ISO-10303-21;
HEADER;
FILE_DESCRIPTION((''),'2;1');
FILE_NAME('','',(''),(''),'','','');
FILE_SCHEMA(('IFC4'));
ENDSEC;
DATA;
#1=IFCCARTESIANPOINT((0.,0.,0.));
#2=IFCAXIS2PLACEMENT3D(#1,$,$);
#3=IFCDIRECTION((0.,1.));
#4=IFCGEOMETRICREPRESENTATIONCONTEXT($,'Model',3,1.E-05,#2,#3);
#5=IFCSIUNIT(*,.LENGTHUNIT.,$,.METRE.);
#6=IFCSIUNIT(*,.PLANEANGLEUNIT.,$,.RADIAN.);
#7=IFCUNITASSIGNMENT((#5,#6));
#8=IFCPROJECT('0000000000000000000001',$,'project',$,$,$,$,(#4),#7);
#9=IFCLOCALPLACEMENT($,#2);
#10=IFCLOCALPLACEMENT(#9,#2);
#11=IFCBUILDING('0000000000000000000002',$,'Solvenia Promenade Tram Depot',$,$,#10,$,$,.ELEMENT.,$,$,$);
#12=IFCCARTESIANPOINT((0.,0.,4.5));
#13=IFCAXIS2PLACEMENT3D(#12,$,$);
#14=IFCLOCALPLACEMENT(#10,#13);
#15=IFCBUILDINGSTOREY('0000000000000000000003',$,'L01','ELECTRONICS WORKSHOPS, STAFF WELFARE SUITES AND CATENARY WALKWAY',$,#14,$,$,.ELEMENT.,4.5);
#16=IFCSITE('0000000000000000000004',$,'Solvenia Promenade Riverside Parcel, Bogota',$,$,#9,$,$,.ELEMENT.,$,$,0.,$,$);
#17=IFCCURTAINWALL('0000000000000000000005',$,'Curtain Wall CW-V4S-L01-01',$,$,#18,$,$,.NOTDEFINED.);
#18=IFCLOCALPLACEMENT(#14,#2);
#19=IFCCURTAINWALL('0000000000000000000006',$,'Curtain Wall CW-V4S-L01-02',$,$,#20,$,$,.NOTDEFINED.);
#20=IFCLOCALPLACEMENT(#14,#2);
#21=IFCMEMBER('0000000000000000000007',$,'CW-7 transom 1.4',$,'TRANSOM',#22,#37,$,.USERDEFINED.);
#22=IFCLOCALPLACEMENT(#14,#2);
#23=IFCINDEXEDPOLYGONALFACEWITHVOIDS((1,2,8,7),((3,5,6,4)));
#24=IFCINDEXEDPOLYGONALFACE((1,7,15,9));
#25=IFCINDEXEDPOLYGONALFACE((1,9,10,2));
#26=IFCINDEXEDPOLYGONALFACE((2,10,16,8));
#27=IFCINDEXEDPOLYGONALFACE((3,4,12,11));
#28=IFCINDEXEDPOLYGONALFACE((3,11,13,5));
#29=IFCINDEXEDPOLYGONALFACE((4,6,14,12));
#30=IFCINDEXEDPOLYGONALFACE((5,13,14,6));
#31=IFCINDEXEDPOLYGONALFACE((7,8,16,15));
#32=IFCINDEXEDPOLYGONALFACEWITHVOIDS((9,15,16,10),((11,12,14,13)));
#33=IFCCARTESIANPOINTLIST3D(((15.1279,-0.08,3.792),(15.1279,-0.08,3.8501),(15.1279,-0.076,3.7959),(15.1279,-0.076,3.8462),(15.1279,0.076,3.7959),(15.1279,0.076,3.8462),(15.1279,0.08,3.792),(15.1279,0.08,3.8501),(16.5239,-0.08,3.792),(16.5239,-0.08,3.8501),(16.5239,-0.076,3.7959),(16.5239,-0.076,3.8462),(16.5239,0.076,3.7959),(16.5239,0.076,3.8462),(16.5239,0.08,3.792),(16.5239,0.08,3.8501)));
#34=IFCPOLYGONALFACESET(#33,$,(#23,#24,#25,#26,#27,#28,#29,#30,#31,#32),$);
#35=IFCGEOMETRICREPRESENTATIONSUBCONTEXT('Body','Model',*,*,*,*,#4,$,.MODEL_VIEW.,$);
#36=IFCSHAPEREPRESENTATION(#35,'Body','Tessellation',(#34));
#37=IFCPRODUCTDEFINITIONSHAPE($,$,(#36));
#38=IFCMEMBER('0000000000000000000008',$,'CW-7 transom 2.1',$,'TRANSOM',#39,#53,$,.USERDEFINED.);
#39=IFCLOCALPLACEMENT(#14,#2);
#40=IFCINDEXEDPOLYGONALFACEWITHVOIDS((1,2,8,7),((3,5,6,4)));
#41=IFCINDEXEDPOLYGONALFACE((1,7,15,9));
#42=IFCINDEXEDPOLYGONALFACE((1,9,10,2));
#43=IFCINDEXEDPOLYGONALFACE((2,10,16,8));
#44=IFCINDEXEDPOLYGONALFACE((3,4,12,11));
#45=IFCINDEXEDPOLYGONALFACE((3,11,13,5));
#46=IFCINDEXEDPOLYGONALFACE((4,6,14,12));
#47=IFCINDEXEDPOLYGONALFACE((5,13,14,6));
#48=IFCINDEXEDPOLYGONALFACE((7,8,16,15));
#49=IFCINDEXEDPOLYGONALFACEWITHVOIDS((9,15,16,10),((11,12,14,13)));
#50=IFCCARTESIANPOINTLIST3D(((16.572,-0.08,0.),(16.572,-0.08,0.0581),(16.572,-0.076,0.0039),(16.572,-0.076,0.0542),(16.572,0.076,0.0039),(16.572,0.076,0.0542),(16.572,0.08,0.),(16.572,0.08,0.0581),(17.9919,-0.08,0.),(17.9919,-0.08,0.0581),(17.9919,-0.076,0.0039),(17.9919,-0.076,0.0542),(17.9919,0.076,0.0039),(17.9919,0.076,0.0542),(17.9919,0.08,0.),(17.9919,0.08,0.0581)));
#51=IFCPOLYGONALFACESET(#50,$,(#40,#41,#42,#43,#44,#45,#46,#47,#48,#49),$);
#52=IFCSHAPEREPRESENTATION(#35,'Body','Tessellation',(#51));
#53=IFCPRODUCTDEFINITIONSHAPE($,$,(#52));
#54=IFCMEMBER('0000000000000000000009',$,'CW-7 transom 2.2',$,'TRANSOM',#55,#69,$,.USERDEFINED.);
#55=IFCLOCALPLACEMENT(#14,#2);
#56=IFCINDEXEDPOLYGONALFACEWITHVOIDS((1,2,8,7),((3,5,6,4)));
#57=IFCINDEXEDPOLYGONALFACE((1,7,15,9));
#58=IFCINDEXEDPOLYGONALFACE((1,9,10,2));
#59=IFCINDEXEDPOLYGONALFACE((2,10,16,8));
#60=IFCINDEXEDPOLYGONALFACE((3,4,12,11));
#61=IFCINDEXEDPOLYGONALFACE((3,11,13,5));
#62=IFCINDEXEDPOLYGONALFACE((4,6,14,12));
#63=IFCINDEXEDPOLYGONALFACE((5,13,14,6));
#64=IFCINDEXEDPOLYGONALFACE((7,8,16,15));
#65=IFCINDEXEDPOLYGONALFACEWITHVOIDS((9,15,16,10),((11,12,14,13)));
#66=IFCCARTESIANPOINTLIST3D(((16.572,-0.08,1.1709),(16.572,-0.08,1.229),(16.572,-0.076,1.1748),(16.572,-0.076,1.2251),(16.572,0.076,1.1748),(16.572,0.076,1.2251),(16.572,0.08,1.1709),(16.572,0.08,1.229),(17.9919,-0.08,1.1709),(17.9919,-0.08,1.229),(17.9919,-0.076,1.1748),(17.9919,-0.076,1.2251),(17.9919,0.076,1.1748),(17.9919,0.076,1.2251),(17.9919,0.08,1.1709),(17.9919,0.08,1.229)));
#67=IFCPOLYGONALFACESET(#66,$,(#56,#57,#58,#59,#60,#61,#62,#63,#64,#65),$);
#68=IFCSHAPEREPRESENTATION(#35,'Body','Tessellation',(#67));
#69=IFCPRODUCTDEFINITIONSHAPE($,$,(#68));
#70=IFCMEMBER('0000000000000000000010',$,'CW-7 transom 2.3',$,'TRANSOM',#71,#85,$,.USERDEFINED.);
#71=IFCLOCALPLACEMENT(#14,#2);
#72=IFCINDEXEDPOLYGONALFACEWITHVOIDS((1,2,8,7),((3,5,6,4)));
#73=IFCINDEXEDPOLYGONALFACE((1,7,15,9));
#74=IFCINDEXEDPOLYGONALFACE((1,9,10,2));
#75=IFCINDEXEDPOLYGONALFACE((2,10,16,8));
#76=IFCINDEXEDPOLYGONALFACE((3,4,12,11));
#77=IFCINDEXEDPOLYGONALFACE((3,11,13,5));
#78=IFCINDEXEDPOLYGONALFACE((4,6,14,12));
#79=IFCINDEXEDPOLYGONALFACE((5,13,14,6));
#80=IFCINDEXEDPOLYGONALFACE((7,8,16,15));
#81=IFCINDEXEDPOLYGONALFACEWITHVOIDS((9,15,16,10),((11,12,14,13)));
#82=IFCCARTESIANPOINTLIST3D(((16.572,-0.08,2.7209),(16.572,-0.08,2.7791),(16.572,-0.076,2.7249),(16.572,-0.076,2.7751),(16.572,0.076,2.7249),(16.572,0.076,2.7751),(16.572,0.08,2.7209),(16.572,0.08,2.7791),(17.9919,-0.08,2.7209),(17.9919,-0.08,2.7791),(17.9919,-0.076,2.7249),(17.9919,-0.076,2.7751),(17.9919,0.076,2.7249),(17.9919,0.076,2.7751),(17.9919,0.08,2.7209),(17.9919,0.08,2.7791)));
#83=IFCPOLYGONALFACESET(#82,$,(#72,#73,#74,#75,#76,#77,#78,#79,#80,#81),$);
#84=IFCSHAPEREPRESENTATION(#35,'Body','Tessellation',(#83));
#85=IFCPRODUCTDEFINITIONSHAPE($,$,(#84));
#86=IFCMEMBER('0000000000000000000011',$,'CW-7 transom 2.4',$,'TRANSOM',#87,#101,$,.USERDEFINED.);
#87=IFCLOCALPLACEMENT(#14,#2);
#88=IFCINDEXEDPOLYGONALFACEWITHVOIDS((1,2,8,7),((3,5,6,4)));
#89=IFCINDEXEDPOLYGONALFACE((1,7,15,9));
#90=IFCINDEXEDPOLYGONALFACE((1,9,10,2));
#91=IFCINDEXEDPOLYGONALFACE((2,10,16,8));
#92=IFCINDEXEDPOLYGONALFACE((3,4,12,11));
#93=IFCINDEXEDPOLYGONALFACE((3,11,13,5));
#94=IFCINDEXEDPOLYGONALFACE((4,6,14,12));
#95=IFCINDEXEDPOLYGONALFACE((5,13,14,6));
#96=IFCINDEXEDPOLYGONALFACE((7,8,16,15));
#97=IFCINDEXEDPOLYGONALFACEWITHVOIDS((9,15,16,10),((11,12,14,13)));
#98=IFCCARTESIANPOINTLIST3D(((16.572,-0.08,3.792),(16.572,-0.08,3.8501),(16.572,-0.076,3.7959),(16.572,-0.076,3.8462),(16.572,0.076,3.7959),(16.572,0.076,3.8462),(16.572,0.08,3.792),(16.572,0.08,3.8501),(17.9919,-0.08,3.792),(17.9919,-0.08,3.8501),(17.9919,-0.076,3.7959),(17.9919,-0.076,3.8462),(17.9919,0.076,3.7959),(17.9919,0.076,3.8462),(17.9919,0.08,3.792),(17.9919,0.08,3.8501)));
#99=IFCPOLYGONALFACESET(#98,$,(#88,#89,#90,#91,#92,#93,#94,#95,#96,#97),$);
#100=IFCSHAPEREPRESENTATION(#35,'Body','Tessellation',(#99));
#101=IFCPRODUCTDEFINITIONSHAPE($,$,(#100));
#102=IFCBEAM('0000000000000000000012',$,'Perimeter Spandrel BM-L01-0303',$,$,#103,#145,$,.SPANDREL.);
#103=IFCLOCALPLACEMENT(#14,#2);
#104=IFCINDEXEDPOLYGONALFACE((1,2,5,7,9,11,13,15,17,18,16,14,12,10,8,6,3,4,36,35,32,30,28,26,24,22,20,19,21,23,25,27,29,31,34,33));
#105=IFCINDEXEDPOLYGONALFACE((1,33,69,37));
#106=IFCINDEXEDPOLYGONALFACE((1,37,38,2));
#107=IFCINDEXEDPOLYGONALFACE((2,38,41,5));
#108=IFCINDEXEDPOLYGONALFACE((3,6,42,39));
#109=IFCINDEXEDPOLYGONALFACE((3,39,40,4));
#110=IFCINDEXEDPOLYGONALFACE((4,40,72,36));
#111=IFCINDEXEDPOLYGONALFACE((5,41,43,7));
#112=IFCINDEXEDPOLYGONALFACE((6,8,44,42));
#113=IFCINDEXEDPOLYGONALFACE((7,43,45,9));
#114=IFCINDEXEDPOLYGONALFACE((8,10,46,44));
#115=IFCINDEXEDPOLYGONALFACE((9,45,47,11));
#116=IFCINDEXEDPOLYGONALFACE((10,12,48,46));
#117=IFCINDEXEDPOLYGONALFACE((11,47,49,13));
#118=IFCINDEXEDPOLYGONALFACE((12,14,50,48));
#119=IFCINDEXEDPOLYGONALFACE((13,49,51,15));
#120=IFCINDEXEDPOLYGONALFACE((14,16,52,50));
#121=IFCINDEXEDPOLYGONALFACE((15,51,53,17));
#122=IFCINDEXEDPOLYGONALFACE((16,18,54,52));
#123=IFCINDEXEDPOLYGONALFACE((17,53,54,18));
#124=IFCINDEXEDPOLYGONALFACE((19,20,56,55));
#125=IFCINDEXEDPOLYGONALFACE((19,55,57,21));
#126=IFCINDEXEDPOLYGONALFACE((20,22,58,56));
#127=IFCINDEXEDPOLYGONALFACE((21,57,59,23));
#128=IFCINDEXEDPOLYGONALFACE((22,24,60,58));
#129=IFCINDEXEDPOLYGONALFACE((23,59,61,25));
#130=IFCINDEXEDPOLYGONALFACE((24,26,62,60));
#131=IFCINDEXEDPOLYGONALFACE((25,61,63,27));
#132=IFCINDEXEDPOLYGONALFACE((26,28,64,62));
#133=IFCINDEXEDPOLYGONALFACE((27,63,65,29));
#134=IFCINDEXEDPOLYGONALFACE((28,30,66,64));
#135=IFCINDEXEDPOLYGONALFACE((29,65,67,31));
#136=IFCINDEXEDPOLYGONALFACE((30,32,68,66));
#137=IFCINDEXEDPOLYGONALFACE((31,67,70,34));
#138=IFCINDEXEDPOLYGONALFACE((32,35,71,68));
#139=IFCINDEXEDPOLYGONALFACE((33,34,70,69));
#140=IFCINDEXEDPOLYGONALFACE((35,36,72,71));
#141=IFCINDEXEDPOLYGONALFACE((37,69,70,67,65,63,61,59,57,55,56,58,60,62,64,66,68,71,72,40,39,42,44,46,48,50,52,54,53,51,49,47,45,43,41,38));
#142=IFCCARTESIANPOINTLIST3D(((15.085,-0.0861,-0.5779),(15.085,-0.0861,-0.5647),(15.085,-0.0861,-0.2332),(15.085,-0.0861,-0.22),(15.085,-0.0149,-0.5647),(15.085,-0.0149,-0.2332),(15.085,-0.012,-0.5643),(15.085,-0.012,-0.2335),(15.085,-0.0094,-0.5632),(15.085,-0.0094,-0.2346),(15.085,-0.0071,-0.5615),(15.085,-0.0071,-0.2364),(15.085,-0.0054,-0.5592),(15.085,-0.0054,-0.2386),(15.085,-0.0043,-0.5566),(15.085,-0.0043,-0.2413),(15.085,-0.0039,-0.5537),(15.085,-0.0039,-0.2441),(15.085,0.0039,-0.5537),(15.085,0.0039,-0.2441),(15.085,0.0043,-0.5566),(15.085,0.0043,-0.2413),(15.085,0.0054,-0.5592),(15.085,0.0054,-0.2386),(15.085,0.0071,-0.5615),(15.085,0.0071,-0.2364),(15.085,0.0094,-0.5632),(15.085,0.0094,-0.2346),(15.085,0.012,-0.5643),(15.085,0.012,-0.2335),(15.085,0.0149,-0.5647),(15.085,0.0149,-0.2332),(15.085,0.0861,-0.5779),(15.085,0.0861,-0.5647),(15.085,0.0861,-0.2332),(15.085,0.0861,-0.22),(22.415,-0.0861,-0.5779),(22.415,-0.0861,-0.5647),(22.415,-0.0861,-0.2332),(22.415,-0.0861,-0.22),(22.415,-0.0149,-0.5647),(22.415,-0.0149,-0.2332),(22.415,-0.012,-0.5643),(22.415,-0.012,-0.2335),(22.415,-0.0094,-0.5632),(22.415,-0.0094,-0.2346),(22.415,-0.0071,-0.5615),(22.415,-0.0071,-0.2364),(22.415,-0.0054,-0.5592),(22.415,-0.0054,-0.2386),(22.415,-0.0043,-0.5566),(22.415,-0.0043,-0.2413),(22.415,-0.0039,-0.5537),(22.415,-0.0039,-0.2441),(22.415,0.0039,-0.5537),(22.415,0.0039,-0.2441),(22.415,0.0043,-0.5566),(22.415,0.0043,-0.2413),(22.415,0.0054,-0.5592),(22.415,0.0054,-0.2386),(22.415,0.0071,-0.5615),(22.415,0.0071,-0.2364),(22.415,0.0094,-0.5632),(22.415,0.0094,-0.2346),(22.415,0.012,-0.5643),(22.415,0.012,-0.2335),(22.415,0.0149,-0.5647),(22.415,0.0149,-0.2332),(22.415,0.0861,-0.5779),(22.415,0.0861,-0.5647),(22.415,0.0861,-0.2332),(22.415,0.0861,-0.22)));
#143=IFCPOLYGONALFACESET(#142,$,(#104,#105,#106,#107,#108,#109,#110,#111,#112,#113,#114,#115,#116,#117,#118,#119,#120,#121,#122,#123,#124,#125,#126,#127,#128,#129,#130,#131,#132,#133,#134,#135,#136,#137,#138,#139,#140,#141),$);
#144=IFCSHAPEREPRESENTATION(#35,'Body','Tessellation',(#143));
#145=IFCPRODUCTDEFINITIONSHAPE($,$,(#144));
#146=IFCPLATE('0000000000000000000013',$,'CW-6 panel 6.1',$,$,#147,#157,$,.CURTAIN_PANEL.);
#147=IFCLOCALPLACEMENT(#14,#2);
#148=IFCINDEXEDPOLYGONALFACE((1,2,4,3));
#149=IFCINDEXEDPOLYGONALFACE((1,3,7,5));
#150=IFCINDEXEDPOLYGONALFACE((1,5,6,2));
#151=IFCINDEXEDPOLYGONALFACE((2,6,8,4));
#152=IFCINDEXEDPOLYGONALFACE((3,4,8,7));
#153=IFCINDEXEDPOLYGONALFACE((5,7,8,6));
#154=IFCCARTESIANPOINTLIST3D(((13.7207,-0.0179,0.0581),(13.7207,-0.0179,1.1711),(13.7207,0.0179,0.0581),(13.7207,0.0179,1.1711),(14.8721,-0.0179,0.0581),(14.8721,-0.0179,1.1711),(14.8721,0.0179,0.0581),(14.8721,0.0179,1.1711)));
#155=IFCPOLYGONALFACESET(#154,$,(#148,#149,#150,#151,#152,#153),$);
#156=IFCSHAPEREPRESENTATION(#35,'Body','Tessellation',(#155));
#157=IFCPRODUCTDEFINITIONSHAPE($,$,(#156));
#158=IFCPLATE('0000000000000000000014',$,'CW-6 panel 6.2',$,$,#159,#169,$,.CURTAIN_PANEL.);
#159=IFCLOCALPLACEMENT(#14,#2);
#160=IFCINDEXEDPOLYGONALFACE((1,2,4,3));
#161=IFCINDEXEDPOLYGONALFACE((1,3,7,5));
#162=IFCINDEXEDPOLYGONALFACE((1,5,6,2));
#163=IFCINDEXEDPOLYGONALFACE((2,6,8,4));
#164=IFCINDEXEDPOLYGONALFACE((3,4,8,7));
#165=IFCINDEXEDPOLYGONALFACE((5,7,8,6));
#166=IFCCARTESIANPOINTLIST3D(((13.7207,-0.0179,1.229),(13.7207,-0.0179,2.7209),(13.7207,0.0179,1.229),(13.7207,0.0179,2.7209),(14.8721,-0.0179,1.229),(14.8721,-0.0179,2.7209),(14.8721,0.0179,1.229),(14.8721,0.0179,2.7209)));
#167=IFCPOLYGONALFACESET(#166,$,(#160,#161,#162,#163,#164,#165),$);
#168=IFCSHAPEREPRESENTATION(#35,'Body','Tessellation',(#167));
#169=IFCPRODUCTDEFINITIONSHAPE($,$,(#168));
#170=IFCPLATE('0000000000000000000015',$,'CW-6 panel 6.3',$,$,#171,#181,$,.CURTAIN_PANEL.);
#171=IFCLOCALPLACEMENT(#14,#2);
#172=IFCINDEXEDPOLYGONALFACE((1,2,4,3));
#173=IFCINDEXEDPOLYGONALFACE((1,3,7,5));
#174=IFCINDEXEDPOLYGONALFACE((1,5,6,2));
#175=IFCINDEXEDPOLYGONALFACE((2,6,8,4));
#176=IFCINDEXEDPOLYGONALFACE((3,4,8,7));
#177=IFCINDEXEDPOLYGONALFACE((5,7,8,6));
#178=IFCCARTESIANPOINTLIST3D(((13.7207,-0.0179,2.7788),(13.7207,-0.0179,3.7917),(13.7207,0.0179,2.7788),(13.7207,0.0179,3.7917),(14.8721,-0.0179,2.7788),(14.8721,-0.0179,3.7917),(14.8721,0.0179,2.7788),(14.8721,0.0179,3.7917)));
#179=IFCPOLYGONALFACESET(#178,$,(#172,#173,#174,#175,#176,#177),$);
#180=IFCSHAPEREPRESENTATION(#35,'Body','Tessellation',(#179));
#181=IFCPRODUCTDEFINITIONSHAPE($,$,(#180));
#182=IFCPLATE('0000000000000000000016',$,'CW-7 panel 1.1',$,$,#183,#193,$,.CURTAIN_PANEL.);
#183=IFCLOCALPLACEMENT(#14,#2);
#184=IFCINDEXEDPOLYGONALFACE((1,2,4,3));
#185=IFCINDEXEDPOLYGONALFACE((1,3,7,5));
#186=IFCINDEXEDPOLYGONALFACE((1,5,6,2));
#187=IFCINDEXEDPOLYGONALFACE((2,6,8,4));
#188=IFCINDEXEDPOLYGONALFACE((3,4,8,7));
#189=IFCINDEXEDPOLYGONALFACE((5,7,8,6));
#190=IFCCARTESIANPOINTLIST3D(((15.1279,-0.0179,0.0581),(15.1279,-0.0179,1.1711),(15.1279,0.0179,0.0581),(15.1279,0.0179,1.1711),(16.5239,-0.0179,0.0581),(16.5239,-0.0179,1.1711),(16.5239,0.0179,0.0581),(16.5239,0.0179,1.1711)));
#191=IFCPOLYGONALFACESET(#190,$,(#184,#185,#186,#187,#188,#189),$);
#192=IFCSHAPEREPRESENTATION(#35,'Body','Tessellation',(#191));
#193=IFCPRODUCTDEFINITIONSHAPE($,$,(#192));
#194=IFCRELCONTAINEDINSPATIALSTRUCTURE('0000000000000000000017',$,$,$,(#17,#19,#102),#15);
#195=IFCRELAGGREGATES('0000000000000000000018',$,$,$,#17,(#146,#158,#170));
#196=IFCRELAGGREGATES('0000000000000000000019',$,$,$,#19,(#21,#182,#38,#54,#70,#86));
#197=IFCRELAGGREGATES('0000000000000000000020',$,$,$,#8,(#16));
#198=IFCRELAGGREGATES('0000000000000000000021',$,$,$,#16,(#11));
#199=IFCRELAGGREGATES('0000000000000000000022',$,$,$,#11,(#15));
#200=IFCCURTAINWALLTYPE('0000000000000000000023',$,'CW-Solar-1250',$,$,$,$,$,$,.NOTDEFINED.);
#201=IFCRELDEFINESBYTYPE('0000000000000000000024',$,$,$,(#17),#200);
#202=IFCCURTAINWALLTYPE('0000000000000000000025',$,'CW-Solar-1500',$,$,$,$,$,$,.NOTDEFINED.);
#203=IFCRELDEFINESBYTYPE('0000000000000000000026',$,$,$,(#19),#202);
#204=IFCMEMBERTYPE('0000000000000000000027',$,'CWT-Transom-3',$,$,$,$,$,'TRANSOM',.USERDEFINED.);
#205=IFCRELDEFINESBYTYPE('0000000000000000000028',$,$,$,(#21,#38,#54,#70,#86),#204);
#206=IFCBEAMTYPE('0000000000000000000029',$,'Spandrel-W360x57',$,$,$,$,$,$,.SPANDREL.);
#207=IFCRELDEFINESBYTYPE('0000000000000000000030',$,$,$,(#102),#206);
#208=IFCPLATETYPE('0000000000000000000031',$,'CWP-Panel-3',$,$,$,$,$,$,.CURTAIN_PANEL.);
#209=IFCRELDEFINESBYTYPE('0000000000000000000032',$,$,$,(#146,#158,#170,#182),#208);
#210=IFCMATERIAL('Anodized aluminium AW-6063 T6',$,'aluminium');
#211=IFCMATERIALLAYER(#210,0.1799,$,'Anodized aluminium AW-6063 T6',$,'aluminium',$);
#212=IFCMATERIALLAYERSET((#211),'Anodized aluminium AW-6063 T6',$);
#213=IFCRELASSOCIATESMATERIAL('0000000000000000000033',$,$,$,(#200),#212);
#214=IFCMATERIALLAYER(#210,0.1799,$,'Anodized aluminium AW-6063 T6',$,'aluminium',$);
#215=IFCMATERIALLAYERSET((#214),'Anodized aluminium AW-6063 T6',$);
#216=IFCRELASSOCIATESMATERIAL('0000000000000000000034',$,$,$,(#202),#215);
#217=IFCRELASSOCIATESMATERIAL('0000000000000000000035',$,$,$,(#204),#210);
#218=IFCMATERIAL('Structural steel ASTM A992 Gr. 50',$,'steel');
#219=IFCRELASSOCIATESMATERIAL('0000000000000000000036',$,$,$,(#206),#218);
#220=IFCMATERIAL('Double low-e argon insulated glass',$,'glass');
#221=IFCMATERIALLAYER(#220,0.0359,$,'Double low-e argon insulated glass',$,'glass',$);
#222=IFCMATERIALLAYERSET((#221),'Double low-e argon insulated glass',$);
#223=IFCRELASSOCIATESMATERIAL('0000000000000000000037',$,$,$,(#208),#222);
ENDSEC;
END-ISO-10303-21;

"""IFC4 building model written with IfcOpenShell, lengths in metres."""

from ifc_helpers import new_model, si_unit, direction, frame, origin, origin_2d, place, context, subcontext, project, spatial, rectangle, hollow_rectangle, i_section, extrude, material, layer, layer_set, material_profile, profile_set, type_object, element, aggregate, save


model = new_model("IFC4")

# Units and contexts
model_context = context("Model", 3, precision=1e-05, world=origin(), true_north=direction((0.0, 1.0)))
body_context = subcontext(model_context, "Body", "Model", "MODEL_VIEW")
ifc_project = project(units=[si_unit("LENGTHUNIT", "METRE"), si_unit("PLANEANGLEUNIT", "RADIAN")], contexts=[model_context])

# Site, building, storey
site_placement = place(None, origin())
site = spatial("IfcSite", under=ifc_project, at=site_placement, Name="Solvenia Promenade Riverside Parcel, Bogota", CompositionType="ELEMENT", RefElevation=0.0)
building_placement = place(site_placement, origin())
building = spatial("IfcBuilding", under=site, at=building_placement, Name="Solvenia Promenade Tram Depot", CompositionType="ELEMENT")
storey_placement = place(building_placement, frame((0.0, 0.0, 4.5)))
storey = spatial("IfcBuildingStorey", under=building, at=storey_placement, Name="L01", Description="ELECTRONICS WORKSHOPS, STAFF WELFARE SUITES AND CATENARY WALKWAY", CompositionType="ELEMENT", Elevation=4.5)

# Shared definitions
ifc_material_1 = material(Name="Structural steel ASTM A992 Gr. 50", Category="steel")

# Curtain wall
ifc_material_2 = material(Name="Anodized aluminium AW-6063 T6", Category="aluminium")
ifc_layer_1 = layer(ifc_material_2, 0.1799, Name="Anodized aluminium AW-6063 T6", Category="aluminium")
ifc_layer_set_1 = layer_set([ifc_layer_1], Name="Anodized aluminium AW-6063 T6")
curtain_wall_type_1 = type_object("IfcCurtainWallType", Name="CW-Solar-1250", PredefinedType="NOTDEFINED", material=ifc_layer_set_1)
curtain_wall_1_placement = place(storey_placement, origin())
curtain_wall_1 = element("IfcCurtainWall", 1, at=curtain_wall_1_placement, inside=storey, type_object=curtain_wall_type_1, Name="Curtain Wall CW-V4S-L01-01", PredefinedType="NOTDEFINED")

# Curtain wall
ifc_layer_2 = layer(ifc_material_2, 0.1799, Name="Anodized aluminium AW-6063 T6", Category="aluminium")
ifc_layer_set_2 = layer_set([ifc_layer_2], Name="Anodized aluminium AW-6063 T6")
curtain_wall_type_2 = type_object("IfcCurtainWallType", Name="CW-Solar-1500", PredefinedType="NOTDEFINED", material=ifc_layer_set_2)
curtain_wall_2_placement = place(storey_placement, origin())
curtain_wall_2 = element("IfcCurtainWall", 2, at=curtain_wall_2_placement, inside=storey, type_object=curtain_wall_type_2, Name="Curtain Wall CW-V4S-L01-02", PredefinedType="NOTDEFINED")

# Members
ifc_material_profile_1 = material_profile(ifc_material_2, hollow_rectangle(XDim=0.1599, YDim=0.0581, WallThickness=0.0039, at=origin_2d()), Name="ALU-T3", Category="aluminium")
ifc_profile_set_1 = profile_set([ifc_material_profile_1], Name="Anodized aluminium AW-6063 T6")
member_type_1 = type_object("IfcMemberType", Name="CWT-Transom-3", ElementType="TRANSOM", PredefinedType="USERDEFINED", material=ifc_profile_set_1)
member_1_placement = place(storey_placement, frame((15.1279, 0.0, 3.821), z_axis=(1.0, 0.0, 0.0), x_axis=(0.0, 1.0, 0.0)))
member_1 = element("IfcMember", 3, at=member_1_placement, type_object=member_type_1, Name="CW-7 transom 1.4", ObjectType="TRANSOM", PredefinedType="USERDEFINED", context=body_context, shape_type="SweptSolid", body=[
    extrude(hollow_rectangle(XDim=0.1599, YDim=0.0581, WallThickness=0.0039, at=origin_2d()), origin(), (0.0, 0.0, 1.0), 1.396),
])
member_2_placement = place(storey_placement, frame((16.572, 0.0, 0.0291), z_axis=(1.0, 0.0, 0.0), x_axis=(0.0, 1.0, 0.0)))
member_2 = element("IfcMember", 4, at=member_2_placement, type_object=member_type_1, Name="CW-7 transom 2.1", ObjectType="TRANSOM", PredefinedType="USERDEFINED", context=body_context, shape_type="SweptSolid", body=[
    extrude(hollow_rectangle(XDim=0.1599, YDim=0.0581, WallThickness=0.0039, at=origin_2d()), origin(), (0.0, 0.0, 1.0), 1.4199),
])
member_3_placement = place(storey_placement, frame((16.572, 0.0, 1.2), z_axis=(1.0, 0.0, 0.0), x_axis=(0.0, 1.0, 0.0)))
member_3 = element("IfcMember", 5, at=member_3_placement, type_object=member_type_1, Name="CW-7 transom 2.2", ObjectType="TRANSOM", PredefinedType="USERDEFINED", context=body_context, shape_type="SweptSolid", body=[
    extrude(hollow_rectangle(XDim=0.1599, YDim=0.0581, WallThickness=0.0039, at=origin_2d()), origin(), (0.0, 0.0, 1.0), 1.4199),
])
member_4_placement = place(storey_placement, frame((16.572, 0.0, 2.75), z_axis=(1.0, 0.0, 0.0), x_axis=(0.0, 1.0, 0.0)))
member_4 = element("IfcMember", 6, at=member_4_placement, type_object=member_type_1, Name="CW-7 transom 2.3", ObjectType="TRANSOM", PredefinedType="USERDEFINED", context=body_context, shape_type="SweptSolid", body=[
    extrude(hollow_rectangle(XDim=0.1599, YDim=0.0581, WallThickness=0.0039, at=origin_2d()), origin(), (0.0, 0.0, 1.0), 1.4199),
])
member_5_placement = place(storey_placement, frame((16.572, 0.0, 3.821), z_axis=(1.0, 0.0, 0.0), x_axis=(0.0, 1.0, 0.0)))
member_5 = element("IfcMember", 7, at=member_5_placement, type_object=member_type_1, Name="CW-7 transom 2.4", ObjectType="TRANSOM", PredefinedType="USERDEFINED", context=body_context, shape_type="SweptSolid", body=[
    extrude(hollow_rectangle(XDim=0.1599, YDim=0.0581, WallThickness=0.0039, at=origin_2d()), origin(), (0.0, 0.0, 1.0), 1.4199),
])

# Beam
ifc_material_profile_2 = material_profile(ifc_material_1, i_section(OverallWidth=0.1721, OverallDepth=0.3579, WebThickness=0.0078, FlangeThickness=0.0132, FilletRadius=0.011, at=origin_2d()), Name="W360x57", Category="steel")
ifc_profile_set_2 = profile_set([ifc_material_profile_2], Name="Structural steel ASTM A992 Gr. 50")
beam_type = type_object("IfcBeamType", Name="Spandrel-W360x57", PredefinedType="SPANDREL", material=ifc_profile_set_2)
beam_placement = place(storey_placement, frame((15.085, 0.0, -0.3989), z_axis=(1.0, 0.0, 0.0), x_axis=(0.0, 1.0, 0.0)))
element("IfcBeam", 8, at=beam_placement, inside=storey, type_object=beam_type, Name="Perimeter Spandrel BM-L01-0303", PredefinedType="SPANDREL", context=body_context, shape_type="SweptSolid", body=[
    extrude(i_section(OverallWidth=0.1721, OverallDepth=0.3579, WebThickness=0.0078, FlangeThickness=0.0132, FilletRadius=0.011, at=origin_2d()), origin(), (0.0, 0.0, 1.0), 7.3301),
])

# Plates
ifc_material_3 = material(Name="Double low-e argon insulated glass", Category="glass")
ifc_layer_3 = layer(ifc_material_3, 0.0359, Name="Double low-e argon insulated glass", Category="glass")
ifc_layer_set_3 = layer_set([ifc_layer_3], Name="Double low-e argon insulated glass")
plate_type = type_object("IfcPlateType", Name="CWP-Panel-3", PredefinedType="CURTAIN_PANEL", material=ifc_layer_set_3)
plate_1_placement = place(storey_placement, frame((14.2964, 0.0, 0.0581), z_axis=(0.0, 0.0, 1.0), x_axis=(1.0, 0.0, 0.0)))
plate_1 = element("IfcPlate", 9, at=plate_1_placement, type_object=plate_type, Name="CW-6 panel 6.1", PredefinedType="CURTAIN_PANEL", context=body_context, shape_type="SweptSolid", body=[
    extrude(rectangle(XDim=1.1514, YDim=0.0359, at=origin_2d()), origin(), (0.0, 0.0, 1.0), 1.113),
])
plate_2_placement = place(storey_placement, frame((14.2964, 0.0, 1.229), z_axis=(0.0, 0.0, 1.0), x_axis=(1.0, 0.0, 0.0)))
plate_2 = element("IfcPlate", 10, at=plate_2_placement, type_object=plate_type, Name="CW-6 panel 6.2", PredefinedType="CURTAIN_PANEL", context=body_context, shape_type="SweptSolid", body=[
    extrude(rectangle(XDim=1.1514, YDim=0.0359, at=origin_2d()), origin(), (0.0, 0.0, 1.0), 1.4919),
])
plate_3_placement = place(storey_placement, frame((14.2964, 0.0, 2.7788), z_axis=(0.0, 0.0, 1.0), x_axis=(1.0, 0.0, 0.0)))
plate_3 = element("IfcPlate", 11, at=plate_3_placement, type_object=plate_type, Name="CW-6 panel 6.3", PredefinedType="CURTAIN_PANEL", context=body_context, shape_type="SweptSolid", body=[
    extrude(rectangle(XDim=1.1514, YDim=0.0359, at=origin_2d()), origin(), (0.0, 0.0, 1.0), 1.0129),
])
aggregate(curtain_wall_1, [plate_1, plate_2, plate_3])
plate_4_placement = place(storey_placement, frame((15.8259, 0.0, 0.0581), z_axis=(0.0, 0.0, 1.0), x_axis=(1.0, 0.0, 0.0)))
plate_4 = element("IfcPlate", 12, at=plate_4_placement, type_object=plate_type, Name="CW-7 panel 1.1", PredefinedType="CURTAIN_PANEL", context=body_context, shape_type="SweptSolid", body=[
    extrude(rectangle(XDim=1.396, YDim=0.0359, at=origin_2d()), origin(), (0.0, 0.0, 1.0), 1.113),
])
aggregate(curtain_wall_2, [member_1, plate_4, member_2, member_3, member_4, member_5])

save(model, "model.ifc")
